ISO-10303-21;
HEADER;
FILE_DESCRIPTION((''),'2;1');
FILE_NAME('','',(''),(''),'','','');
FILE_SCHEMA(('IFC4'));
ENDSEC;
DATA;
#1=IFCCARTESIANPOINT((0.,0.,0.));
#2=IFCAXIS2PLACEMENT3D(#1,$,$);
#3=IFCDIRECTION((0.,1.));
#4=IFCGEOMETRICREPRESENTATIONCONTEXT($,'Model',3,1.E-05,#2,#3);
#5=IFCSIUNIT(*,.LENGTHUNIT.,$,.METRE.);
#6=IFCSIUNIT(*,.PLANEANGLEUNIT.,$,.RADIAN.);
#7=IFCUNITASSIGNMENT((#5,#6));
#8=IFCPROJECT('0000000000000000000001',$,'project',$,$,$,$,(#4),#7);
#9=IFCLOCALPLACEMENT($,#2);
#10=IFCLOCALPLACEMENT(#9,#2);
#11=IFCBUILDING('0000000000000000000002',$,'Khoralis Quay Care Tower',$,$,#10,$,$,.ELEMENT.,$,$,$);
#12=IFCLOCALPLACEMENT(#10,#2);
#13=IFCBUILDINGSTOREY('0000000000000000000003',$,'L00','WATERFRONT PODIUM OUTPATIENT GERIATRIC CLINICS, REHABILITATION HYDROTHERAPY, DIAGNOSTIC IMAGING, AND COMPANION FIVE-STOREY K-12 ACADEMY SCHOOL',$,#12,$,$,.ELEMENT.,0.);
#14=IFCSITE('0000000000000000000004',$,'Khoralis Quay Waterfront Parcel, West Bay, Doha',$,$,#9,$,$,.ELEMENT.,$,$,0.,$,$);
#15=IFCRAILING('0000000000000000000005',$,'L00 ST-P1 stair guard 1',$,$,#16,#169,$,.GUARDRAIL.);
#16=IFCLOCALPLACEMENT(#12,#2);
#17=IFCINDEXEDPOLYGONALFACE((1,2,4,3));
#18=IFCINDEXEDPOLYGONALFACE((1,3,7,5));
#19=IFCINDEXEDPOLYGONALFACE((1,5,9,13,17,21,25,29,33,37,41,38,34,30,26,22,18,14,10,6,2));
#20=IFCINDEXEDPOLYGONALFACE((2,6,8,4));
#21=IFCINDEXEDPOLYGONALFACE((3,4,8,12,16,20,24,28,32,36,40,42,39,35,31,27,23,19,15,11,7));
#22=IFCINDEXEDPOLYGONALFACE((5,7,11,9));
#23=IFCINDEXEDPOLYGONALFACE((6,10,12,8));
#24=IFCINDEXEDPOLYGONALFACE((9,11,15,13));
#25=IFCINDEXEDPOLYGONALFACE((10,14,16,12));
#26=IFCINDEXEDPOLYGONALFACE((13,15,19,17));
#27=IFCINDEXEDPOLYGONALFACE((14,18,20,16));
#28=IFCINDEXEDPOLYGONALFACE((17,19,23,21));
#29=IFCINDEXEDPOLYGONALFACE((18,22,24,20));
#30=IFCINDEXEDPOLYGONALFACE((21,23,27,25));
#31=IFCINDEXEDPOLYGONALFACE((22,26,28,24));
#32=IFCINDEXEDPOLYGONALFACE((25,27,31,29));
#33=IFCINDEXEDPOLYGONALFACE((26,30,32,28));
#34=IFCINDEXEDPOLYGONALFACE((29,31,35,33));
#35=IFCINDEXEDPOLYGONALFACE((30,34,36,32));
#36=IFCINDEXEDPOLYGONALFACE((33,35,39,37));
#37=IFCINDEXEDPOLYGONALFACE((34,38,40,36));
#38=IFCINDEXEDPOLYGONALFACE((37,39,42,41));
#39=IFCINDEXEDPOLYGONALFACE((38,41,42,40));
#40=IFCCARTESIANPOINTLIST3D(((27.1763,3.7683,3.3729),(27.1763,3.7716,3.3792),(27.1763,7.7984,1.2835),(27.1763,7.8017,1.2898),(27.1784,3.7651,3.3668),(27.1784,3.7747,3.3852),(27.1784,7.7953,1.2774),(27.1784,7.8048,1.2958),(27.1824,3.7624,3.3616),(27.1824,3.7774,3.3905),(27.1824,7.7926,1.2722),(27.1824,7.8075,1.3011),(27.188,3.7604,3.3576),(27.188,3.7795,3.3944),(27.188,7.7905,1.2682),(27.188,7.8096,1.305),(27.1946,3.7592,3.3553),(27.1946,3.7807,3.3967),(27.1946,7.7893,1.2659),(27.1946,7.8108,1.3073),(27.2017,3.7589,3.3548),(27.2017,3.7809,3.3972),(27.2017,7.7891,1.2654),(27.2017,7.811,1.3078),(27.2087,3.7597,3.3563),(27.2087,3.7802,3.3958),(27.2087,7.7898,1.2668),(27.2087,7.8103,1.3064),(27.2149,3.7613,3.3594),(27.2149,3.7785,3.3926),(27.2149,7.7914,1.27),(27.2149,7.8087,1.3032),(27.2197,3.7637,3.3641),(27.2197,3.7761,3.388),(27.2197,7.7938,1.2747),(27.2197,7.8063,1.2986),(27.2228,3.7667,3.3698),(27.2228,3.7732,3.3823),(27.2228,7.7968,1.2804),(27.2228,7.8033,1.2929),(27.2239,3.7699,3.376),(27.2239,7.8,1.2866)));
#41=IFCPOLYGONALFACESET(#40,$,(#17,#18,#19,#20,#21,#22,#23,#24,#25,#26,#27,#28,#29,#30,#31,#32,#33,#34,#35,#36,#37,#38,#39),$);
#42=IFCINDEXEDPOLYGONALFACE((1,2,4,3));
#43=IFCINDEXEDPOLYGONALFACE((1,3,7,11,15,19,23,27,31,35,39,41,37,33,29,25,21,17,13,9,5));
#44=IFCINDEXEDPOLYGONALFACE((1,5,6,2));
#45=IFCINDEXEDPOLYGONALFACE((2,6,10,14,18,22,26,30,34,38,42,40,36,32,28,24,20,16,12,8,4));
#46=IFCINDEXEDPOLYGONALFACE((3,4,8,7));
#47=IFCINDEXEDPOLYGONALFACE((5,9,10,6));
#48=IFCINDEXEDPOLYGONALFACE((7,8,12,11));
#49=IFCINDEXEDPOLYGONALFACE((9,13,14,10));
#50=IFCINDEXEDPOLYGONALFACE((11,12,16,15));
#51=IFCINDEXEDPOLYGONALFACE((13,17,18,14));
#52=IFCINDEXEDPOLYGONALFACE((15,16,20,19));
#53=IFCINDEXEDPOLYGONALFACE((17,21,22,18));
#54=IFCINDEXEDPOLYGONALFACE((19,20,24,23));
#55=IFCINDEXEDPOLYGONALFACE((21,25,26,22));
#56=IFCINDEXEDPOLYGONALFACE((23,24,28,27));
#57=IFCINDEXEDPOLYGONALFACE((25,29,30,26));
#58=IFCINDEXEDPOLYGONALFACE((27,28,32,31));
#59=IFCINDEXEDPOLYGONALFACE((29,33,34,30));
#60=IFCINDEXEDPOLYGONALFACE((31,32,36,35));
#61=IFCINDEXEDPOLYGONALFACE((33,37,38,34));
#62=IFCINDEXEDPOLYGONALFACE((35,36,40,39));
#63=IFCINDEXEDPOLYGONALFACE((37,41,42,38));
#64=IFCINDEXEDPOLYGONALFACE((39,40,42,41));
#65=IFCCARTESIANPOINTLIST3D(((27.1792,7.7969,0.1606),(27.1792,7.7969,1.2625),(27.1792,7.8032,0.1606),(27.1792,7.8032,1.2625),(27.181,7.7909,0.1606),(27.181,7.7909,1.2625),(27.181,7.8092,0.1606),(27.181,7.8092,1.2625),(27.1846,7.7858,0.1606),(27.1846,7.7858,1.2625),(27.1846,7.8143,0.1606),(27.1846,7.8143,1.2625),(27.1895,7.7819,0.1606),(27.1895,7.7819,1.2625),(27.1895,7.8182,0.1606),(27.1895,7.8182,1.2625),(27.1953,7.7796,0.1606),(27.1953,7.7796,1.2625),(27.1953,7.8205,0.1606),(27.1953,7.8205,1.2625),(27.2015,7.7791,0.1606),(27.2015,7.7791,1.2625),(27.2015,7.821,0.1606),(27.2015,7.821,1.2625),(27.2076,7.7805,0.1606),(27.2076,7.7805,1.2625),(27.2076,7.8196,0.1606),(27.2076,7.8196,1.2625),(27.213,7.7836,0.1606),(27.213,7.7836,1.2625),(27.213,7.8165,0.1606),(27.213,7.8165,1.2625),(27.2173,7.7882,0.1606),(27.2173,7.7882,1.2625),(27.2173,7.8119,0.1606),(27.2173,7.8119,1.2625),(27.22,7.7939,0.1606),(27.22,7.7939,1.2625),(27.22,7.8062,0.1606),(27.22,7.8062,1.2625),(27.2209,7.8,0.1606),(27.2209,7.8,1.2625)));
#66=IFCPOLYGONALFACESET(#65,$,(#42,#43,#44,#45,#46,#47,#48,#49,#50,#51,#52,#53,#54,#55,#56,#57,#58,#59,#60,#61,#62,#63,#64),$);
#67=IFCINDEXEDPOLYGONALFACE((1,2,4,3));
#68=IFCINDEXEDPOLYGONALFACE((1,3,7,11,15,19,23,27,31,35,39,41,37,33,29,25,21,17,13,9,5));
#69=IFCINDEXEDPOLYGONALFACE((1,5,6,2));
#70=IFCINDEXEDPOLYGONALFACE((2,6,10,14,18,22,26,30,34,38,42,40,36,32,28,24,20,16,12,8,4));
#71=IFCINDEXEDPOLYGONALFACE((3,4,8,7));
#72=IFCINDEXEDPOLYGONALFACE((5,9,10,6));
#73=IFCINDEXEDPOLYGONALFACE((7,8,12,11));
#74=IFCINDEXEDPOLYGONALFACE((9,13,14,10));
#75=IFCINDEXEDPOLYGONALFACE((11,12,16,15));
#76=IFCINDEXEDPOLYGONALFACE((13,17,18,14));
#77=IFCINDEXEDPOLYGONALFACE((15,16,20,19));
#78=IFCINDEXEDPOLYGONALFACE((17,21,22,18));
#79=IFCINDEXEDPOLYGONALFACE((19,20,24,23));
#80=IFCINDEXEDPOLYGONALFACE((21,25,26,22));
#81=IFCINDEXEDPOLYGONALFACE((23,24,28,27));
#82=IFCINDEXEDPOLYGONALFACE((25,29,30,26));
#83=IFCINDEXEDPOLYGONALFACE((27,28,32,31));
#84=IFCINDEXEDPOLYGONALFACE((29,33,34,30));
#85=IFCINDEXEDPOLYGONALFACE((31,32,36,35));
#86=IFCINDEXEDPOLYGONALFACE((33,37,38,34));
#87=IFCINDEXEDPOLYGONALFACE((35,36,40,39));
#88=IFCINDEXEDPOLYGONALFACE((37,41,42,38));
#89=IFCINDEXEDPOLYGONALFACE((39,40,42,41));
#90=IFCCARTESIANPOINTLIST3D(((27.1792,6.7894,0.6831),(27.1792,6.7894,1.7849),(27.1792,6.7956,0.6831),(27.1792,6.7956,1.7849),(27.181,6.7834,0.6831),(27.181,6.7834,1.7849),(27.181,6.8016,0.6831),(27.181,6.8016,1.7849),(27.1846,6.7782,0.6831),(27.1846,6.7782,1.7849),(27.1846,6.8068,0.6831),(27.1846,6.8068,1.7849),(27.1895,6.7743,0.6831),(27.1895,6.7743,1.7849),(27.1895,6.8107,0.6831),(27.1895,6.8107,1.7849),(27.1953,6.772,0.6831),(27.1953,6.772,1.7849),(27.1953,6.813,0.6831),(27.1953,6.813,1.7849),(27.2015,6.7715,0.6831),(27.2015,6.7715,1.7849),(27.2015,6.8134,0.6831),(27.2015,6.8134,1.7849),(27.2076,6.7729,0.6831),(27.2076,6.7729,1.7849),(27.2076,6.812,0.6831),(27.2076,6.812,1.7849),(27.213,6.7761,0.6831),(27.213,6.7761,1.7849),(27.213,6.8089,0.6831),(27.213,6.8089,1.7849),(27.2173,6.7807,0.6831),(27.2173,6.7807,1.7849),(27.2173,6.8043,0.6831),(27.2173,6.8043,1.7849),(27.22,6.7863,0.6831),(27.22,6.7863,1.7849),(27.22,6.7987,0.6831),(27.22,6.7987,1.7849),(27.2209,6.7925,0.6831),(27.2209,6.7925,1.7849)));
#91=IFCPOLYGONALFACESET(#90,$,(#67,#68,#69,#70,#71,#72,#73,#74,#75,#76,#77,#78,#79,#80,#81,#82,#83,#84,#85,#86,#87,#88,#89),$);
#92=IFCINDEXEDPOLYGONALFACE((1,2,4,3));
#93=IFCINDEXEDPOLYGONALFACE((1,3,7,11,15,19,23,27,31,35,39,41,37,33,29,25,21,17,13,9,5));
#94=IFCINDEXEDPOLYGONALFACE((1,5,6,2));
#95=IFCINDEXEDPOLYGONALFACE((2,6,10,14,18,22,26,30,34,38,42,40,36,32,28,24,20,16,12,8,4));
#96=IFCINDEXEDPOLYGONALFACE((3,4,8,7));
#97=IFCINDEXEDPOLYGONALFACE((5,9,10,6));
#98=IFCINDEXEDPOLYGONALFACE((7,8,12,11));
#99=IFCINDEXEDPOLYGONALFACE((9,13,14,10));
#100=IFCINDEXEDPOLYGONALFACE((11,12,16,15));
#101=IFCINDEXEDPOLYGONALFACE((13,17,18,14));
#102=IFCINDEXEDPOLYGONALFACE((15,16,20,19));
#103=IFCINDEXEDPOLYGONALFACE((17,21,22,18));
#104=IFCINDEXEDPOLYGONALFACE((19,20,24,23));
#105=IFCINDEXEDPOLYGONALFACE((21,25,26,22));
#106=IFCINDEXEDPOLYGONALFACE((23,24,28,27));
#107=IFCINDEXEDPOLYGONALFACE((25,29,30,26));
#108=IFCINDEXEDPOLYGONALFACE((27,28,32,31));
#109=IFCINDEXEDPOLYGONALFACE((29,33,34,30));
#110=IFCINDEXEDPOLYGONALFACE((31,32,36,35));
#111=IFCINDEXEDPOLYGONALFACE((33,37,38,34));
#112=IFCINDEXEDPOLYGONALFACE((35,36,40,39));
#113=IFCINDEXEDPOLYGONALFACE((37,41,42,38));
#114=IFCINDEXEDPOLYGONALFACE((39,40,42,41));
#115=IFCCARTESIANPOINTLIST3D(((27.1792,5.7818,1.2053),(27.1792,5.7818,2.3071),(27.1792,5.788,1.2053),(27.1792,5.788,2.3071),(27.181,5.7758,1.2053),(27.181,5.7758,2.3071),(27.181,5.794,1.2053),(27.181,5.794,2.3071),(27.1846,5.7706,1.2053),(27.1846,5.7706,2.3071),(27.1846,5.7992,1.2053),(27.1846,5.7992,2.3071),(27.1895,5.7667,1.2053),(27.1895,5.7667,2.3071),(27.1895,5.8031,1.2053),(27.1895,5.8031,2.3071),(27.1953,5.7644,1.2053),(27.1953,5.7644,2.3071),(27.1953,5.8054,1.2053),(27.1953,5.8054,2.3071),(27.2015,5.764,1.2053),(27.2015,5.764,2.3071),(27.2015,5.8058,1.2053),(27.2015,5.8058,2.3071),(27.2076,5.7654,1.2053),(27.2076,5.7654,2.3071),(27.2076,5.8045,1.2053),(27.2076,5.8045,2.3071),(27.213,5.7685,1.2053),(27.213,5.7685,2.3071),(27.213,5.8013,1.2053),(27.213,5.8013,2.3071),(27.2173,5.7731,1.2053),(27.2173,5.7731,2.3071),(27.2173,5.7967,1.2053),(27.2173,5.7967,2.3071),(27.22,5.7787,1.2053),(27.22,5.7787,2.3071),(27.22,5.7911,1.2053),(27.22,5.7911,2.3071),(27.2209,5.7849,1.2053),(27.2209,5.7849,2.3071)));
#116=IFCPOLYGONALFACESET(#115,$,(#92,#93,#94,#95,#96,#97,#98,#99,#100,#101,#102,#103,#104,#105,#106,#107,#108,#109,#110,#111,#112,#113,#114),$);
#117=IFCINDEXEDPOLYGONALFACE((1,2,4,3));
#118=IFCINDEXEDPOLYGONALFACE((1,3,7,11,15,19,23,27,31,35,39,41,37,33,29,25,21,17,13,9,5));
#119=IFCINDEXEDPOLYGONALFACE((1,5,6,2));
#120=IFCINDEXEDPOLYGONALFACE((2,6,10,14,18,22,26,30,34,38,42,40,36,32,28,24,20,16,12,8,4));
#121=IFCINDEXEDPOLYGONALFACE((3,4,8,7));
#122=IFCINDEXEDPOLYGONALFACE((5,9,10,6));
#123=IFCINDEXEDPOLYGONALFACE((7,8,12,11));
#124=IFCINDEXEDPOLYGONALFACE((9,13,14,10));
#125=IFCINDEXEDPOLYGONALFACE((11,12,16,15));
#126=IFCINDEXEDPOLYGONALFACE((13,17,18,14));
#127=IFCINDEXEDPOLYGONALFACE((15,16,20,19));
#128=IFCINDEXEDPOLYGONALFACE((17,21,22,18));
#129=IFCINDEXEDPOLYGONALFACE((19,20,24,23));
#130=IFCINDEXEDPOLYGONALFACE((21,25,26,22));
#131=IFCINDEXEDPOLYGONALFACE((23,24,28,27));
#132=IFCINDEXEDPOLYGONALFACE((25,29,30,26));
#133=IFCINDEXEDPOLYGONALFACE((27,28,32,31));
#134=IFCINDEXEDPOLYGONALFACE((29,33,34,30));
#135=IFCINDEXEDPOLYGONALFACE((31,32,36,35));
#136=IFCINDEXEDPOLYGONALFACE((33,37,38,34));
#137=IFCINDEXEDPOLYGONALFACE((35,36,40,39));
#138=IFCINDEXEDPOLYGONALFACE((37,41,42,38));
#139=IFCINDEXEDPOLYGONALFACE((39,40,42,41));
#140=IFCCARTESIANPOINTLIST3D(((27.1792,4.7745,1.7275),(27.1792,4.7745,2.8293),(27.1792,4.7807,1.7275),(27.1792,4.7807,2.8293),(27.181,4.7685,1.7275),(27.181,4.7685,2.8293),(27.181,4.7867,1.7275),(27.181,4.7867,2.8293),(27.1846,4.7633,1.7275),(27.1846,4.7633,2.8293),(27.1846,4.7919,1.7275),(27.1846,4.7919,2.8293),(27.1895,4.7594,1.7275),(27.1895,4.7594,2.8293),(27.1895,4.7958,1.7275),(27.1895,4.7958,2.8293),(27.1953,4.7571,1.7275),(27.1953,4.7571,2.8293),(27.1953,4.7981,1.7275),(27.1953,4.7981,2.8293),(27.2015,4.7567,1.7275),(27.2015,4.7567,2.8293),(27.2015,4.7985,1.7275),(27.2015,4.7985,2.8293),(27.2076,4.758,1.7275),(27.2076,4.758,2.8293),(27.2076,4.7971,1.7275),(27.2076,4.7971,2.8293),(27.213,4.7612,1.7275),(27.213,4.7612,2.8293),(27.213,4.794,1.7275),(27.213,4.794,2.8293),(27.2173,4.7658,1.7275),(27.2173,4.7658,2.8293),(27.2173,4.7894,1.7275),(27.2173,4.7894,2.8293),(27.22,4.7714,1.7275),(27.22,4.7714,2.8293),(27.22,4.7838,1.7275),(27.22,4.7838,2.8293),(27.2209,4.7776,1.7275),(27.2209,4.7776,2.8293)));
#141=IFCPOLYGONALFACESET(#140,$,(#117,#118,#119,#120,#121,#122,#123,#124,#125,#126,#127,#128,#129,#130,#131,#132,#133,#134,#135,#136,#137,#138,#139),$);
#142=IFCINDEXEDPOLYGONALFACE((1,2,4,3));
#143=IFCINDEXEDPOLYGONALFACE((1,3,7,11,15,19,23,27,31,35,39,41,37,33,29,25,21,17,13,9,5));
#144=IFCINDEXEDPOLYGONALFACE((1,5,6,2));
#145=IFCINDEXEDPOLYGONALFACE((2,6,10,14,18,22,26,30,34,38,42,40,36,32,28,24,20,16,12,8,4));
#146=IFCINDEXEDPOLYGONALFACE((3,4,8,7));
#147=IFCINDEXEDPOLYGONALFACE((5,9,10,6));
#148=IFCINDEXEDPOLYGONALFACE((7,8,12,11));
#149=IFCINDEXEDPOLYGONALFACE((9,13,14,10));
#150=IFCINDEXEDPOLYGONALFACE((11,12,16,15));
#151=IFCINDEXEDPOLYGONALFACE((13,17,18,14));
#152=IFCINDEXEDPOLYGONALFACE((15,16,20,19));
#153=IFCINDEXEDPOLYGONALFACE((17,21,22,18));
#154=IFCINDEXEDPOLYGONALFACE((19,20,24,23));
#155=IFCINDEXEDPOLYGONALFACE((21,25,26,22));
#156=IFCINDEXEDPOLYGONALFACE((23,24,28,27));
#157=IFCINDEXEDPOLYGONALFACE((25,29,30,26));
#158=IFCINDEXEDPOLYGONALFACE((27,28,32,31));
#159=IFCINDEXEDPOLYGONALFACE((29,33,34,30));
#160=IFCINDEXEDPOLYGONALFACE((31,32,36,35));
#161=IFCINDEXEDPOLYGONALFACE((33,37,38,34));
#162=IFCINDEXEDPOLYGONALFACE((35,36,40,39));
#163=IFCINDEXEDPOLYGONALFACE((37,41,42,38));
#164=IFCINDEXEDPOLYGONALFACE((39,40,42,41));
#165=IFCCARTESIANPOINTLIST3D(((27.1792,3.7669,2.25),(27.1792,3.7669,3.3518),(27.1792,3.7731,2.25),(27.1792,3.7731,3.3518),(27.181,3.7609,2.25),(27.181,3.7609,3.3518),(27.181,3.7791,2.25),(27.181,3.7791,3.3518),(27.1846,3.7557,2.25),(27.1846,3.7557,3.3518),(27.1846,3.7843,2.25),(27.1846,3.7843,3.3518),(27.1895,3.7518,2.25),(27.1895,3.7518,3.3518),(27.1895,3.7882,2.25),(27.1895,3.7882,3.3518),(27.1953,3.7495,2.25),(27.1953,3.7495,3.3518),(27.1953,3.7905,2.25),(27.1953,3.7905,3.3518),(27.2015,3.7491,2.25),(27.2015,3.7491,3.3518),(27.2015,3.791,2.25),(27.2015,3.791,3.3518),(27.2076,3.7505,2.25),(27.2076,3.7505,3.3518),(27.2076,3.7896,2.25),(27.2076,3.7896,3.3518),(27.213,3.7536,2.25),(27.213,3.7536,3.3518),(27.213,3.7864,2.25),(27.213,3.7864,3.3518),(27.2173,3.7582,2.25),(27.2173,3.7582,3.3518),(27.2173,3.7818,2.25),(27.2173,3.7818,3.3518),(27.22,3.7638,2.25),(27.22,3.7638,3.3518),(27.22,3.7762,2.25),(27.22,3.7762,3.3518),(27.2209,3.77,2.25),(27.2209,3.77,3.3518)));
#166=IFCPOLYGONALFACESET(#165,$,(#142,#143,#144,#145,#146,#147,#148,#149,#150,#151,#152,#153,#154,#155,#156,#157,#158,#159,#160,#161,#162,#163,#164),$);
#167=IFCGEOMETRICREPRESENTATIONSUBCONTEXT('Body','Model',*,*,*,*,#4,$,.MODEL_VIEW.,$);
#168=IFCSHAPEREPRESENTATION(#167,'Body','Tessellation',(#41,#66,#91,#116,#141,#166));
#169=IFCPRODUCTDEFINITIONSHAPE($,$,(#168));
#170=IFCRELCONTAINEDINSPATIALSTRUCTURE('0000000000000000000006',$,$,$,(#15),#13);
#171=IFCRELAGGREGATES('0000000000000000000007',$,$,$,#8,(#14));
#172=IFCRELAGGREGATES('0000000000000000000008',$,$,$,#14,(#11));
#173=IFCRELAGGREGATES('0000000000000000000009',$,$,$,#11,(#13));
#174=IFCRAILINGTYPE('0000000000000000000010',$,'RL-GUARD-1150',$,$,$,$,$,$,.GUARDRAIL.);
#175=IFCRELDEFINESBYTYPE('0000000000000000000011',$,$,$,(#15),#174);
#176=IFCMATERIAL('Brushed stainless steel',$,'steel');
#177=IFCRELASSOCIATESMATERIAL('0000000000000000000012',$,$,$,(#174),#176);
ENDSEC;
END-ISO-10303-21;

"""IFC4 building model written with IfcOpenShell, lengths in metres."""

from ifc_helpers import new_model, si_unit, direction, frame, origin, origin_2d, place, context, subcontext, project, spatial, circle, extrude, material, type_object, element, save


model = new_model("IFC4")

# Units and contexts
model_context = context("Model", 3, precision=1e-05, world=origin(), true_north=direction((0.0, 1.0)))
body_context = subcontext(model_context, "Body", "Model", "MODEL_VIEW")
ifc_project = project(units=[si_unit("LENGTHUNIT", "METRE"), si_unit("PLANEANGLEUNIT", "RADIAN")], contexts=[model_context])

# Site, building, storey
site_placement = place(None, origin())
site = spatial("IfcSite", under=ifc_project, at=site_placement, Name="Khoralis Quay Waterfront Parcel, West Bay, Doha", CompositionType="ELEMENT", RefElevation=0.0)
building_placement = place(site_placement, origin())
building = spatial("IfcBuilding", under=site, at=building_placement, Name="Khoralis Quay Care Tower", CompositionType="ELEMENT")
storey_placement = place(building_placement, origin())
storey = spatial("IfcBuildingStorey", under=building, at=storey_placement, Name="L00", Description="WATERFRONT PODIUM OUTPATIENT GERIATRIC CLINICS, REHABILITATION HYDROTHERAPY, DIAGNOSTIC IMAGING, AND COMPANION FIVE-STOREY K-12 ACADEMY SCHOOL", CompositionType="ELEMENT", Elevation=0.0)

# Railing
ifc_material_1 = material(Name="Brushed stainless steel", Category="steel")
railing_type_1 = type_object("IfcRailingType", Name="RL-GUARD-1150", PredefinedType="GUARDRAIL", material=ifc_material_1)
railing_1_placement = place(storey_placement, frame((27.2, 7.8, 0.1606)))
element("IfcRailing", 1, at=railing_1_placement, inside=storey, type_object=railing_type_1, Name="L00 ST-P1 stair guard 1", PredefinedType="GUARDRAIL", context=body_context, shape_type="SweptSolid", body=[
    extrude(circle(Radius=0.0239, at=origin_2d()), frame((0.0, 0.0, 1.126), z_axis=(0.0, -0.887781, 0.460267), x_axis=(1.0, 0.0, 0.0)), (0.0, 0.0, 1.0), 4.5396),
    extrude(circle(Radius=0.021, at=origin_2d()), origin(), (0.0, 0.0, 1.0), 1.1018),
    extrude(circle(Radius=0.021, at=origin_2d()), frame((0.0, -1.0076, 0.5225)), (0.0, 0.0, 1.0), 1.1018),
    extrude(circle(Radius=0.021, at=origin_2d()), frame((0.0, -2.0151, 1.0447)), (0.0, 0.0, 1.0), 1.1018),
    extrude(circle(Radius=0.021, at=origin_2d()), frame((0.0, -3.0225, 1.5669)), (0.0, 0.0, 1.0), 1.1018),
    extrude(circle(Radius=0.021, at=origin_2d()), frame((0.0, -4.03, 2.0894)), (0.0, 0.0, 1.0), 1.1018),
])

save(model, "model.ifc")
